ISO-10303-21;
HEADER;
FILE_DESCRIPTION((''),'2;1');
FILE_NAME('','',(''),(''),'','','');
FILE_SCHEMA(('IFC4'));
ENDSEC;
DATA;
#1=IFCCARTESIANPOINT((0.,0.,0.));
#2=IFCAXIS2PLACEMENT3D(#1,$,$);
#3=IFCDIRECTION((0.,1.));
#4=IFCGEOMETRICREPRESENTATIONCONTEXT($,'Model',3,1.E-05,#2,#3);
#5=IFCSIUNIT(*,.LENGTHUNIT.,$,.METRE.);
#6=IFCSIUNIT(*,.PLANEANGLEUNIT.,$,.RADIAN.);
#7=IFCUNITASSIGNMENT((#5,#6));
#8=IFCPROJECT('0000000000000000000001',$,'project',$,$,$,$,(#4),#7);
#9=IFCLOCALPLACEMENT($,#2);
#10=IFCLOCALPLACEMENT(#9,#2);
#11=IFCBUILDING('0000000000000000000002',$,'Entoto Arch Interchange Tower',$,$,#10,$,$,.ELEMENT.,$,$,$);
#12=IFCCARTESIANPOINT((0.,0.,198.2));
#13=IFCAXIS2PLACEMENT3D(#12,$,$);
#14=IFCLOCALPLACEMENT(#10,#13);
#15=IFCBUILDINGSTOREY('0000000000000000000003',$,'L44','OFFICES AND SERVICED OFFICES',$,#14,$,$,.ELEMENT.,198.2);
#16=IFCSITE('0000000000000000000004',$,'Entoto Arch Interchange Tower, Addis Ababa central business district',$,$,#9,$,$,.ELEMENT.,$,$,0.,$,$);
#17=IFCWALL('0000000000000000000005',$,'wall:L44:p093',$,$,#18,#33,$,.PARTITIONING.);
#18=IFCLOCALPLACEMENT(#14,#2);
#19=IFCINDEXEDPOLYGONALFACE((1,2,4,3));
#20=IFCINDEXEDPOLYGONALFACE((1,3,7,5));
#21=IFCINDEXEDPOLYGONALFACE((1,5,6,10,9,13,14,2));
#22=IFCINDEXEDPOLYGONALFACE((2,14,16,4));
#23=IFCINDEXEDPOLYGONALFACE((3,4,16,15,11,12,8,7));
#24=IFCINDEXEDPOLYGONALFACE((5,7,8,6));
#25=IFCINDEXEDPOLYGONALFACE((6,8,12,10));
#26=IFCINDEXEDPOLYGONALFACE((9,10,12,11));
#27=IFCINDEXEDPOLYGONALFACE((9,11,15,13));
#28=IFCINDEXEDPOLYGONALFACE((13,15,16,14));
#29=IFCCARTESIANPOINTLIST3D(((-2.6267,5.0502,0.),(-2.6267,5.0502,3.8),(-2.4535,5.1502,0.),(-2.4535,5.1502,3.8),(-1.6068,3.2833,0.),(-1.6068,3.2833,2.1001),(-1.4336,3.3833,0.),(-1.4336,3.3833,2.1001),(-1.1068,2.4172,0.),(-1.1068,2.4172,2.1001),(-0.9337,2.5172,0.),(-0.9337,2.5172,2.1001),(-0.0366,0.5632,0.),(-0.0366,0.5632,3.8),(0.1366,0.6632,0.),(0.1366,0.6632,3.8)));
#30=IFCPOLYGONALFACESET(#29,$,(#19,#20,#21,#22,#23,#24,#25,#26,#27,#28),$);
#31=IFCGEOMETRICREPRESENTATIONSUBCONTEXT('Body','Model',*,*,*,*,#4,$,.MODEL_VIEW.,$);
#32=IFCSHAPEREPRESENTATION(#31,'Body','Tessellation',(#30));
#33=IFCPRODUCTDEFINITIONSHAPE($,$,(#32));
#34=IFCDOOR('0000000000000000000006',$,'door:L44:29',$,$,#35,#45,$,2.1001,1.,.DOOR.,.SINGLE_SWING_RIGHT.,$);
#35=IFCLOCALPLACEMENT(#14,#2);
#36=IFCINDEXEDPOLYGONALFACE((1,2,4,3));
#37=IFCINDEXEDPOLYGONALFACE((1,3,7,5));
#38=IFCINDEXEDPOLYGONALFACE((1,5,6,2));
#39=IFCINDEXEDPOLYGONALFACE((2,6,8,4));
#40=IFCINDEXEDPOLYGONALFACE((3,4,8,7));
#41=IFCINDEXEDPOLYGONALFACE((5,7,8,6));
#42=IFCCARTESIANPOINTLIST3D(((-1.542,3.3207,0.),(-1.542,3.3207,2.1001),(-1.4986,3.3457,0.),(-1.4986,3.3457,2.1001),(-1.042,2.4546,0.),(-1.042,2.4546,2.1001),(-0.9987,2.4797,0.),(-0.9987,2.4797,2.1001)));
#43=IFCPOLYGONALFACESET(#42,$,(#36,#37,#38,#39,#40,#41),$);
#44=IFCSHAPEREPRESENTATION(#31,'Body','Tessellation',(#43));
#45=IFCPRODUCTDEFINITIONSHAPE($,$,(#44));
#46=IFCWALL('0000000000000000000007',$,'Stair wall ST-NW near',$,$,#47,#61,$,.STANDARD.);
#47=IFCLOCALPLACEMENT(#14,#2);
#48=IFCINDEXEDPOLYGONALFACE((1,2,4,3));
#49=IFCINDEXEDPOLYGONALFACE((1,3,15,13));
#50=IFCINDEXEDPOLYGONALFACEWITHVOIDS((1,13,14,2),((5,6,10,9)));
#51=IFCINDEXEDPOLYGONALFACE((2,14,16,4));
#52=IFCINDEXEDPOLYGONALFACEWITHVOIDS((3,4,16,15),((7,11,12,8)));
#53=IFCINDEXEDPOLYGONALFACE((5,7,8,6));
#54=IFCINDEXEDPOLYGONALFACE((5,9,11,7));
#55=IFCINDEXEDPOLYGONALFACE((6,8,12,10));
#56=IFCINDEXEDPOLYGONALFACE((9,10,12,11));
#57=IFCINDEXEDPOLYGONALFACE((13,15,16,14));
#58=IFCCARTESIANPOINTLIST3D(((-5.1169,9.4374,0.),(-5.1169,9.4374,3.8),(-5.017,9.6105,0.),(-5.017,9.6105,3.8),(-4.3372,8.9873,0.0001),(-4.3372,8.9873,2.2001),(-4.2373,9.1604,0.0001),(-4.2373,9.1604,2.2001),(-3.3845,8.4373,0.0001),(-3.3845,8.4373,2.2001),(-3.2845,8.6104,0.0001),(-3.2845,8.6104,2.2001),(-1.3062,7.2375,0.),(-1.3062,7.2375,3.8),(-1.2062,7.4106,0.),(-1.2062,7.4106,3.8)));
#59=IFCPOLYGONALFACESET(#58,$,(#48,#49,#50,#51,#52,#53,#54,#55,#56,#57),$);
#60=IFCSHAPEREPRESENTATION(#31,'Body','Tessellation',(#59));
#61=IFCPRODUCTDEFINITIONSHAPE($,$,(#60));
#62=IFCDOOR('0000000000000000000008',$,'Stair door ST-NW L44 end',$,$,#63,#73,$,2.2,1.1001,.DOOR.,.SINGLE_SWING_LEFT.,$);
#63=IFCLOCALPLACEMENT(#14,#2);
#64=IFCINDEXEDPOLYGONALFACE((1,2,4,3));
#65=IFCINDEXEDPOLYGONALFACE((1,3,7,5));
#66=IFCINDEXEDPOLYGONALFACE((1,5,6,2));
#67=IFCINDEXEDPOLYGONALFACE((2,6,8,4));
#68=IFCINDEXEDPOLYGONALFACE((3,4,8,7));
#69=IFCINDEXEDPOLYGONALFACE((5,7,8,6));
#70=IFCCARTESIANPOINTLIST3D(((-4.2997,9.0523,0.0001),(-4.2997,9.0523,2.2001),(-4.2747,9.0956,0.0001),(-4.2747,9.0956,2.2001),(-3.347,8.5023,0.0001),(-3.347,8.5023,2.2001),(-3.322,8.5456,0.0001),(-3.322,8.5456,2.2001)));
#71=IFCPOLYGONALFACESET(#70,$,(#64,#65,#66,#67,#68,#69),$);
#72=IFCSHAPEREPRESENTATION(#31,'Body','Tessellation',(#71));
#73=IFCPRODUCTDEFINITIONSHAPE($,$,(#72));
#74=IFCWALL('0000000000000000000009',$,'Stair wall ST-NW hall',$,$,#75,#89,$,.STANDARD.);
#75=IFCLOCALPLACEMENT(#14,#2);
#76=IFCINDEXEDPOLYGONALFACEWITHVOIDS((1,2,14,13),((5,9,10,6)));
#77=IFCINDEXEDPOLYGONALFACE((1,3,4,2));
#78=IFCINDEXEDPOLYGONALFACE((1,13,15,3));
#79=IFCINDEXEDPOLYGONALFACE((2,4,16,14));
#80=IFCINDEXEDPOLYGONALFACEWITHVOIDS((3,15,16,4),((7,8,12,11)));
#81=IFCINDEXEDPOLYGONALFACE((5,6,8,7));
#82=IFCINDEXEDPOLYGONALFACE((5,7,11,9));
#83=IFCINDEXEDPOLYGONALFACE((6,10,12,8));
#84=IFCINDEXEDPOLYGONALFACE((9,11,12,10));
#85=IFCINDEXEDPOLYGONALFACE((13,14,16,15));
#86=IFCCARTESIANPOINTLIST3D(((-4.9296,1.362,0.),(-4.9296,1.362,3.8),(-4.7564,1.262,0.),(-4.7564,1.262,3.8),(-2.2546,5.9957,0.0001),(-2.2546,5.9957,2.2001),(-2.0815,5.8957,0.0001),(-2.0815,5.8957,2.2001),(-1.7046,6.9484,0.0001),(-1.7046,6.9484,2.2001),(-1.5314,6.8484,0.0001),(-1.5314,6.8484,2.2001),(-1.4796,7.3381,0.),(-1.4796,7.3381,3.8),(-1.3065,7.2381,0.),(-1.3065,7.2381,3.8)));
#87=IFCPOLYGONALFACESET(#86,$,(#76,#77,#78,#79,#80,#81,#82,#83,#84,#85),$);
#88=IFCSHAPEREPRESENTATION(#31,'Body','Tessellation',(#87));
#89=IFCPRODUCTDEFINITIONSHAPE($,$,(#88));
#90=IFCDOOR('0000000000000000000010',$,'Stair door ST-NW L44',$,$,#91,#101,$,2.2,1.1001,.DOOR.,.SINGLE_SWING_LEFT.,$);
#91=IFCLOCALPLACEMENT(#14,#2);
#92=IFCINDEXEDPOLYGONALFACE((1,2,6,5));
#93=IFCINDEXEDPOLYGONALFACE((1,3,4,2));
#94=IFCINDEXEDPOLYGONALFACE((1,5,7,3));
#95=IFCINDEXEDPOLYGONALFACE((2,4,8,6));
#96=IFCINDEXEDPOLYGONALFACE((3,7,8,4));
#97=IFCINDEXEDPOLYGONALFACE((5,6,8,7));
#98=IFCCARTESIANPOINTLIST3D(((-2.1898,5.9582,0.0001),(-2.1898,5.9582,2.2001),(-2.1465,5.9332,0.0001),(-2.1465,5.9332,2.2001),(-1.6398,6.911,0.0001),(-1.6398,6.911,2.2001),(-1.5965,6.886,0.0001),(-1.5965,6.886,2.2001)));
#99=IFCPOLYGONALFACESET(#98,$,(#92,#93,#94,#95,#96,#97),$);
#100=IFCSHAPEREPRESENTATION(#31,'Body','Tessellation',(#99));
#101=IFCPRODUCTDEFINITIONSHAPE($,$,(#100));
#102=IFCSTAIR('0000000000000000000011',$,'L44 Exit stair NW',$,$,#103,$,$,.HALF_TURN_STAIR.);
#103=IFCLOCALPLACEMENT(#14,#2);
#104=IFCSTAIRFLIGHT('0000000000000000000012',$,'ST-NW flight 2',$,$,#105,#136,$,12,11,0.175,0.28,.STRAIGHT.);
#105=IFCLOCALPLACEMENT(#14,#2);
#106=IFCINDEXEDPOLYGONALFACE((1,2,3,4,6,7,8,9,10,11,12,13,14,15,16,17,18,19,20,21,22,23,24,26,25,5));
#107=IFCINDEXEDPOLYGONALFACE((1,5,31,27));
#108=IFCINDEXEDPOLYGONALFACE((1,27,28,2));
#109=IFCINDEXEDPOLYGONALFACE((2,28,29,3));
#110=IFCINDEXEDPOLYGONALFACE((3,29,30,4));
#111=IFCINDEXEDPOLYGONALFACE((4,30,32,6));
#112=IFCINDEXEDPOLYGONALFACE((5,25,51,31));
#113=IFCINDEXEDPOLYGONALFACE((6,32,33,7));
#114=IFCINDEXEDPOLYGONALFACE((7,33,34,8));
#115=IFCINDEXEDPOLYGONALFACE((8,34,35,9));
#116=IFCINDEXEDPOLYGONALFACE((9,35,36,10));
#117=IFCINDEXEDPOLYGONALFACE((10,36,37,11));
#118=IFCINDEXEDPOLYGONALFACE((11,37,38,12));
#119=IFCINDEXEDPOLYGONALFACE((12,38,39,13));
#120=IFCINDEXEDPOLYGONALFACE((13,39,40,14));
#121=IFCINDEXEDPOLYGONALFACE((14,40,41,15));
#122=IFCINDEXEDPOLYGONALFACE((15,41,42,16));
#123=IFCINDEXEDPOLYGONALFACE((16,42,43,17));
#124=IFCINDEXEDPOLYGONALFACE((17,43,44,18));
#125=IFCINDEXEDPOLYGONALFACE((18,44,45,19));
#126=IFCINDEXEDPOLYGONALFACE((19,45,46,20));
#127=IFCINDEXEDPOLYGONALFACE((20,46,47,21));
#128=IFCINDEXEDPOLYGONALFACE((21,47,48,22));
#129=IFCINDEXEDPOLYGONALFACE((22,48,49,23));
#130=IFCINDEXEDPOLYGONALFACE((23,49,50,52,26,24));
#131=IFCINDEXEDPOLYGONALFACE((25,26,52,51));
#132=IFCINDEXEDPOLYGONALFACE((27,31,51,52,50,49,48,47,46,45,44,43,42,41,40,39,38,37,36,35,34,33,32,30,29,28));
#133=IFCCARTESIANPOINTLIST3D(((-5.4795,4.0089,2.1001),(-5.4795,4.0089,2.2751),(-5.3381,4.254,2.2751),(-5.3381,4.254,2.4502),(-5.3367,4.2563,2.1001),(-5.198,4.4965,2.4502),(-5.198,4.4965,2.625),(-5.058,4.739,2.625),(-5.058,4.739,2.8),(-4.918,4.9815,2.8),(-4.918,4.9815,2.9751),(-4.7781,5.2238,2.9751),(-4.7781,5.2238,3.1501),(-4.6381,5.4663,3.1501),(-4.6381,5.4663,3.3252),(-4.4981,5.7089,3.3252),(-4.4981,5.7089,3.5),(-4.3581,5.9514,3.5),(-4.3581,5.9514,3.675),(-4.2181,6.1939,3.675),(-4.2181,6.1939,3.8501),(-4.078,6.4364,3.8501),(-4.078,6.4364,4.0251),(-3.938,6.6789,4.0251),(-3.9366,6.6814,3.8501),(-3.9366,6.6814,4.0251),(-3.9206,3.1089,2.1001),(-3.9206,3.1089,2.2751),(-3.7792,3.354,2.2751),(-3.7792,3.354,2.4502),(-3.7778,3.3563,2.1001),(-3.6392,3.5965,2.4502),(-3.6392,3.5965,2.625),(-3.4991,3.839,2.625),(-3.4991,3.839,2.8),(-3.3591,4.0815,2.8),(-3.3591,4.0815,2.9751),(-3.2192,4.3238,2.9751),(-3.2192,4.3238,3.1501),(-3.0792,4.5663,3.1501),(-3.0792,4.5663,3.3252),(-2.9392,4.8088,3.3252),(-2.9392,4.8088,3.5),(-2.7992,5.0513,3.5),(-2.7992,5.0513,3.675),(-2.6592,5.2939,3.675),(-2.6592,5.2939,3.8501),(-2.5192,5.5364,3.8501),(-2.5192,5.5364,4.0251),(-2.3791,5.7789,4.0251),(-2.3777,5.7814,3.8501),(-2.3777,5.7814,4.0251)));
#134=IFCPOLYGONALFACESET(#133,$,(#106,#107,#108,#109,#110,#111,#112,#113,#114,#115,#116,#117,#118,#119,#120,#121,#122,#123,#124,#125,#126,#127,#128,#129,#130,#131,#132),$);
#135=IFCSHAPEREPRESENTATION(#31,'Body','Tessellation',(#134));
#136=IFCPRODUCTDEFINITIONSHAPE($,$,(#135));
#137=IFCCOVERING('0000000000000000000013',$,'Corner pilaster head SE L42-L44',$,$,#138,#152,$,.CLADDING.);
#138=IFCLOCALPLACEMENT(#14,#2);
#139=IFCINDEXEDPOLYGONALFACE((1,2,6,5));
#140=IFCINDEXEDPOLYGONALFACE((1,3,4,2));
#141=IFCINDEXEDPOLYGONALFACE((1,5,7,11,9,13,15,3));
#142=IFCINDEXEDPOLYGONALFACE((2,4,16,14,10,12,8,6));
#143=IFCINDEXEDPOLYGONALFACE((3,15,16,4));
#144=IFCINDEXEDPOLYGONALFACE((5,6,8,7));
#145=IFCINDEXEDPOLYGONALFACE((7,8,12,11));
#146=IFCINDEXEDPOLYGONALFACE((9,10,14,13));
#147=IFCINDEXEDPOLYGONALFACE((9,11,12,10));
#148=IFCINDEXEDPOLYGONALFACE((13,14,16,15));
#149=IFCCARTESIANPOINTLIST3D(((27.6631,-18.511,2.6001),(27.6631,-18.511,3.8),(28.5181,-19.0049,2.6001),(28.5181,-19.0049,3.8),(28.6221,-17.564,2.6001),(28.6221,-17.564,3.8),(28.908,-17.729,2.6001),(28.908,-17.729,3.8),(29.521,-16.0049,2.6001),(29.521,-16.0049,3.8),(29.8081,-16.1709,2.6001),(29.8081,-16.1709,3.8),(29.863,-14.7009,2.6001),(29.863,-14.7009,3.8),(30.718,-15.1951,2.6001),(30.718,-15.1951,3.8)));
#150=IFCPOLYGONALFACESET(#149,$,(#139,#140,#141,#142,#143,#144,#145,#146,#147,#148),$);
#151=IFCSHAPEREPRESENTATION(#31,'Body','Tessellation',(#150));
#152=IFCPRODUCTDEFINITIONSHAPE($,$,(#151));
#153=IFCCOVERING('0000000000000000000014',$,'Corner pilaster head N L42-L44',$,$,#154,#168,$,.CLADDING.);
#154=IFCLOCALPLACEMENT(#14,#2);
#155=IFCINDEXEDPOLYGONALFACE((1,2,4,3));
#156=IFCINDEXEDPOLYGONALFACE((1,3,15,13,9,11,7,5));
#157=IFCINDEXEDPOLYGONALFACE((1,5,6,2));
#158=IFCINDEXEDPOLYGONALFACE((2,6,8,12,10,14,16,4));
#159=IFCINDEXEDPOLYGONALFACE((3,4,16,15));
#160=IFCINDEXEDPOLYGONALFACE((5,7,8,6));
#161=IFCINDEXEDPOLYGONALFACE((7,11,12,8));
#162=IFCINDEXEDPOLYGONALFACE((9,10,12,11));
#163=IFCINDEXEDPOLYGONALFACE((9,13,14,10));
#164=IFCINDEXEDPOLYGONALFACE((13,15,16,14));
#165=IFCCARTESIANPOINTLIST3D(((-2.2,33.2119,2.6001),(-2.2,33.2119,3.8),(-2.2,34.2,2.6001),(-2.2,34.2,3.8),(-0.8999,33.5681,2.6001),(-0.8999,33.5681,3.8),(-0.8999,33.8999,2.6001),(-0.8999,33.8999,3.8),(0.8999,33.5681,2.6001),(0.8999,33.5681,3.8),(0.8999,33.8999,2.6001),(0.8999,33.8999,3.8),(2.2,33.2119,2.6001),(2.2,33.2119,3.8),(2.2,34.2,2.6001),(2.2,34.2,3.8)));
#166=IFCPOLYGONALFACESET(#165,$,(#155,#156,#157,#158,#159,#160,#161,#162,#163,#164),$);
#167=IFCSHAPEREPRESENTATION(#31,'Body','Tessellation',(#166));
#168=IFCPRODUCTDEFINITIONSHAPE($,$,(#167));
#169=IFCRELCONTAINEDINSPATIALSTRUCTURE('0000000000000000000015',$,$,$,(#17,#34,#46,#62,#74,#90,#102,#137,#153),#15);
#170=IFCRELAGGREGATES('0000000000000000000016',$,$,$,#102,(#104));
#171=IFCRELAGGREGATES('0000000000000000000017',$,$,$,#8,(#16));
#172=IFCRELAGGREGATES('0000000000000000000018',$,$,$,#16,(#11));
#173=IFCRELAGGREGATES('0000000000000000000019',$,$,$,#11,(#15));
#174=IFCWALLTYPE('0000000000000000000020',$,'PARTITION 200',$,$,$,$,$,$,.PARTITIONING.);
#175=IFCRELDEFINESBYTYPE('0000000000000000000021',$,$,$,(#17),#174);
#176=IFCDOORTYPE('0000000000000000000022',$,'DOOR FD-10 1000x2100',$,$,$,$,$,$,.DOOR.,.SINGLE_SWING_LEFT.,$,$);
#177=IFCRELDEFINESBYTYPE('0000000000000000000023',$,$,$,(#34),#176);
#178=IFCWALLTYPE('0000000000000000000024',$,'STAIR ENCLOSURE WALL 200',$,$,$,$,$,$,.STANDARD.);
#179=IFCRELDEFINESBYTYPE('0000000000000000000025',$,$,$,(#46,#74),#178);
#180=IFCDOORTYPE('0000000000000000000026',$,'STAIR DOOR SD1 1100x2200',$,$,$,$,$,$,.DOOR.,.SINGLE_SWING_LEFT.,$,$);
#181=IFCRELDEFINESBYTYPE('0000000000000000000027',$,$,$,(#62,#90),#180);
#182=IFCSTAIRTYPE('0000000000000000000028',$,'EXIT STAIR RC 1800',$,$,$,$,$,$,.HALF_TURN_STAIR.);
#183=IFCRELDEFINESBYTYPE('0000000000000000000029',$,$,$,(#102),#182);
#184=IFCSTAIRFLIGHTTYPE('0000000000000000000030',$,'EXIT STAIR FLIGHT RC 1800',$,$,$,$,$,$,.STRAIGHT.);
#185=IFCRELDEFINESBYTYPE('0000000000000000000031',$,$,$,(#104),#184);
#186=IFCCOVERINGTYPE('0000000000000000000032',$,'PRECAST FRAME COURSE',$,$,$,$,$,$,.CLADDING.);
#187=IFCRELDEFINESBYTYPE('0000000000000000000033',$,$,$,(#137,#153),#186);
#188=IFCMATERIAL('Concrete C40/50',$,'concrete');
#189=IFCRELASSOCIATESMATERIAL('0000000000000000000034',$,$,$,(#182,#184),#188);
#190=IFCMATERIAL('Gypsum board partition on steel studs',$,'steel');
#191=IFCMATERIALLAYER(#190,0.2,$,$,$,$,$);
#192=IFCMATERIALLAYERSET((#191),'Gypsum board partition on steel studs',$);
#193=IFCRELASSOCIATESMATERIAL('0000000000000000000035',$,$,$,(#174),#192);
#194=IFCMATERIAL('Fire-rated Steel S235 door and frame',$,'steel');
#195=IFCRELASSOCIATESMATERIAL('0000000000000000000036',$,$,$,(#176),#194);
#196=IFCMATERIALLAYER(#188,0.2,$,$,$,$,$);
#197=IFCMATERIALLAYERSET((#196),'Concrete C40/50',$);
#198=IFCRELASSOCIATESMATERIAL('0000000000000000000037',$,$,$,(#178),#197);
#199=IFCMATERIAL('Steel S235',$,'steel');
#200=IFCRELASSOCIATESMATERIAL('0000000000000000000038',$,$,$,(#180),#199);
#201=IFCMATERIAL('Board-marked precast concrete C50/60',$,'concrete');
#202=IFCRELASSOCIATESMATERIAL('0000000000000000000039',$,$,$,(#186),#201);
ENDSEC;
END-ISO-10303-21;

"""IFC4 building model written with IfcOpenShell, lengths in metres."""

from ifc_helpers import new_model, si_unit, direction, frame, frame_2d, origin, place, context, subcontext, project, spatial, polyline, rectangle, outline, extrude, material, layer, layer_set, type_object, element, fill, aggregate, save


model = new_model("IFC4")

# Units and contexts
model_context = context("Model", 3, precision=1e-05, world=origin(), true_north=direction((0.0, 1.0)))
body_context = subcontext(model_context, "Body", "Model", "MODEL_VIEW")
ifc_project = project(units=[si_unit("LENGTHUNIT", "METRE"), si_unit("PLANEANGLEUNIT", "RADIAN")], contexts=[model_context])

# Site, building, storey
site_placement = place(None, origin())
site = spatial("IfcSite", under=ifc_project, at=site_placement, Name="Entoto Arch Interchange Tower, Addis Ababa central business district", CompositionType="ELEMENT", RefElevation=0.0)
building_placement = place(site_placement, origin())
building = spatial("IfcBuilding", under=site, at=building_placement, Name="Entoto Arch Interchange Tower", CompositionType="ELEMENT")
storey_placement = place(building_placement, frame((0.0, 0.0, 198.2)))
storey = spatial("IfcBuildingStorey", under=building, at=storey_placement, Name="L44", Description="OFFICES AND SERVICED OFFICES", CompositionType="ELEMENT", Elevation=198.2)

# Shared definitions
ifc_material_1 = material(Name="Board-marked precast concrete C50/60", Category="concrete")
ifc_material_2 = material(Name="Concrete C40/50", Category="concrete")

# Shared definitions
stair_type = type_object("IfcStairType", Name="EXIT STAIR RC 1800", PredefinedType="HALF_TURN_STAIR", material=ifc_material_2)

# Walls, openings, doors
ifc_material_3 = material(Name="Gypsum board partition on steel studs", Category="steel")
ifc_layer_1 = layer(ifc_material_3, 0.2)
ifc_layer_set_1 = layer_set([ifc_layer_1], Name="Gypsum board partition on steel studs")
wall_type_1 = type_object("IfcWallType", Name="PARTITION 200", PredefinedType="PARTITIONING", material=ifc_layer_set_1)
wall_1_placement = place(storey_placement, frame((-2.54, 5.1001, 0.0), z_axis=(0.0, 0.0, 1.0), x_axis=(0.499925, -0.866069, 0.0)))
wall_1 = element("IfcWall", 1, at=wall_1_placement, inside=storey, type_object=wall_type_1, Name="wall:L44:p093", PredefinedType="PARTITIONING", context=body_context, shape_type="SweptSolid", body=[
    extrude(rectangle(XDim=5.1809, YDim=0.2, at=frame_2d((2.5903, 0.0))), origin(), (0.0, 0.0, 1.0), 3.8),
])
opening_1_placement = place(wall_1_placement, frame((2.04, 0.0, 0.0)))
opening_1 = element("IfcOpeningElement", 2, at=opening_1_placement, cuts=wall_1, PredefinedType="OPENING", context=body_context, shape_type="SweptSolid", body=[
    extrude(rectangle(XDim=1.0, YDim=2.1001, at=frame_2d((0.5, 1.05))), frame((0.0, 0.1099, 0.0), z_axis=(0.0, -1.0, 0.0), x_axis=(1.0, 0.0, 0.0)), (0.0, 0.0, 1.0), 0.22),
])
ifc_material_4 = material(Name="Fire-rated Steel S235 door and frame", Category="steel")
door_type_1 = type_object("IfcDoorType", Name="DOOR FD-10 1000x2100", OperationType="SINGLE_SWING_LEFT", PredefinedType="DOOR", material=ifc_material_4)
door_1_placement = place(opening_1_placement, origin())
door_1 = element("IfcDoor", 3, at=door_1_placement, inside=storey, type_object=door_type_1, Name="door:L44:29", OperationType="SINGLE_SWING_RIGHT", OverallHeight=2.1001, OverallWidth=1.0, PredefinedType="DOOR", context=body_context, shape_type="SweptSolid", body=[
    extrude(rectangle(XDim=1.0, YDim=2.1001, at=frame_2d((0.5, 1.05))), frame((0.0, 0.0249, 0.0), z_axis=(0.0, -1.0, 0.0), x_axis=(1.0, 0.0, 0.0)), (0.0, 0.0, 1.0), 0.05),
])
fill(opening_1, door_1)
ifc_layer_2 = layer(ifc_material_2, 0.2)
ifc_layer_set_2 = layer_set([ifc_layer_2], Name="Concrete C40/50")
wall_type_2 = type_object("IfcWallType", Name="STAIR ENCLOSURE WALL 200", PredefinedType="STANDARD", material=ifc_layer_set_2)
wall_2_placement = place(storey_placement, frame((-1.2561, 7.324, 0.0), z_axis=(0.0, 0.0, 1.0), x_axis=(-0.866046, 0.499964, 0.0)))
wall_2 = element("IfcWall", 4, at=wall_2_placement, inside=storey, type_object=wall_type_2, Name="Stair wall ST-NW near", PredefinedType="STANDARD", context=body_context, shape_type="SweptSolid", body=[
    extrude(rectangle(XDim=4.4001, YDim=0.2, at=frame_2d((2.2002, 0.0))), origin(), (0.0, 0.0, 1.0), 3.8),
])
opening_2_placement = place(wall_2_placement, frame((2.3999, 0.0, 0.0)))
opening_2 = element("IfcOpeningElement", 5, at=opening_2_placement, cuts=wall_2, PredefinedType="OPENING", context=body_context, shape_type="SweptSolid", body=[
    extrude(rectangle(XDim=1.1001, YDim=2.2, at=frame_2d((0.55, 1.1001))), frame((0.0, 0.1099, 0.0), z_axis=(0.0, -1.0, 0.0), x_axis=(1.0, 0.0, 0.0)), (0.0, 0.0, 1.0), 0.22),
])
ifc_material_5 = material(Name="Steel S235", Category="steel")
door_type_2 = type_object("IfcDoorType", Name="STAIR DOOR SD1 1100x2200", OperationType="SINGLE_SWING_LEFT", PredefinedType="DOOR", material=ifc_material_5)
door_2_placement = place(opening_2_placement, origin())
door_2 = element("IfcDoor", 6, at=door_2_placement, inside=storey, type_object=door_type_2, Name="Stair door ST-NW L44 end", OperationType="SINGLE_SWING_LEFT", OverallHeight=2.2, OverallWidth=1.1001, PredefinedType="DOOR", context=body_context, shape_type="SweptSolid", body=[
    extrude(rectangle(XDim=1.1001, YDim=2.2, at=frame_2d((0.55, 1.1001))), frame((0.0, 0.0249, 0.0), z_axis=(0.0, -1.0, 0.0), x_axis=(1.0, 0.0, 0.0)), (0.0, 0.0, 1.0), 0.05),
])
fill(opening_2, door_2)
wall_3_placement = place(storey_placement, frame((-1.3931, 7.2881, 0.0), z_axis=(0.0, 0.0, 1.0), x_axis=(-0.499963, -0.866047, 0.0)))
wall_3 = element("IfcWall", 7, at=wall_3_placement, inside=storey, type_object=wall_type_2, Name="Stair wall ST-NW hall", PredefinedType="STANDARD", context=body_context, shape_type="SweptSolid", body=[
    extrude(rectangle(XDim=6.9004, YDim=0.2, at=frame_2d((3.4502, 0.0))), origin(), (0.0, 0.0, 1.0), 3.8),
])
opening_3_placement = place(wall_3_placement, frame((0.45, 0.0, 0.0)))
opening_3 = element("IfcOpeningElement", 8, at=opening_3_placement, cuts=wall_3, PredefinedType="OPENING", context=body_context, shape_type="SweptSolid", body=[
    extrude(rectangle(XDim=1.1001, YDim=2.2, at=frame_2d((0.55, 1.1001))), frame((0.0, 0.1099, 0.0), z_axis=(0.0, -1.0, 0.0), x_axis=(1.0, 0.0, 0.0)), (0.0, 0.0, 1.0), 0.22),
])
door_3_placement = place(opening_3_placement, origin())
door_3 = element("IfcDoor", 9, at=door_3_placement, inside=storey, type_object=door_type_2, Name="Stair door ST-NW L44", OperationType="SINGLE_SWING_LEFT", OverallHeight=2.2, OverallWidth=1.1001, PredefinedType="DOOR", context=body_context, shape_type="SweptSolid", body=[
    extrude(rectangle(XDim=1.1001, YDim=2.2, at=frame_2d((0.55, 1.1001))), frame((0.0, 0.0249, 0.0), z_axis=(0.0, -1.0, 0.0), x_axis=(1.0, 0.0, 0.0)), (0.0, 0.0, 1.0), 0.05),
])
fill(opening_3, door_3)

# Stair, stair flight
stair_1_placement = place(storey_placement, origin())
stair_1 = element("IfcStair", 10, at=stair_1_placement, inside=storey, type_object=stair_type, Name="L44 Exit stair NW", PredefinedType="HALF_TURN_STAIR")
stair_flight_type = type_object("IfcStairFlightType", Name="EXIT STAIR FLIGHT RC 1800", PredefinedType="STRAIGHT", material=ifc_material_2)
stair_flight_placement = place(storey_placement, frame((-4.6987, 3.5615, 2.1001), z_axis=(0.0, 0.0, 1.0), x_axis=(0.5, 0.866025, 0.0)))
stair_flight = element("IfcStairFlight", 11, at=stair_flight_placement, type_object=stair_flight_type, Name="ST-NW flight 2", NumberOfRisers=12, NumberOfTreads=11, PredefinedType="STRAIGHT", RiserHeight=0.175, TreadLength=0.28, context=body_context, shape_type="SweptSolid", body=[
    extrude(outline(polyline([(-0.0029, 0.0), (-0.0029, 0.175), (0.28, 0.175), (0.28, 0.3501), (0.5601, 0.3501), (0.5601, 0.5249), (0.8401, 0.5249), (0.8401, 0.7), (1.1201, 0.7), (1.1201, 0.875), (1.3999, 0.875), (1.3999, 1.05), (1.6799, 1.05), (1.6799, 1.2251), (1.96, 1.2251), (1.96, 1.3999), (2.24, 1.3999), (2.24, 1.575), (2.52, 1.575), (2.52, 1.75), (2.8, 1.75), (2.8, 1.925), (3.0801, 1.925), (3.083, 1.925), (3.083, 1.75), (0.2827, 0.0), (-0.0029, 0.0)])), frame((0.0, 0.8999, 0.0), z_axis=(0.0, -1.0, 0.0), x_axis=(1.0, 0.0, 0.0)), (0.0, 0.0, 1.0), 1.8),
])
aggregate(stair_1, [stair_flight])

# Coverings
covering_type = type_object("IfcCoveringType", Name="PRECAST FRAME COURSE", PredefinedType="CLADDING", material=ifc_material_1)
covering_1_placement = place(storey_placement, frame((0.0, 0.0, 2.6001)))
element("IfcCovering", 12, at=covering_1_placement, inside=storey, type_object=covering_type, Name="Corner pilaster head SE L42-L44", PredefinedType="CLADDING", context=body_context, shape_type="SweptSolid", body=[
    extrude(outline(polyline([(30.718, -15.1951), (28.5181, -19.0049), (27.6631, -18.511), (28.6221, -17.564), (28.908, -17.729), (29.8081, -16.1709), (29.521, -16.0049), (29.863, -14.7009), (30.718, -15.1951)])), origin(), (0.0, 0.0, 1.0), 1.2),
])
covering_2_placement = place(storey_placement, frame((0.0, 0.0, 2.6001)))
element("IfcCovering", 13, at=covering_2_placement, inside=storey, type_object=covering_type, Name="Corner pilaster head N L42-L44", PredefinedType="CLADDING", context=body_context, shape_type="SweptSolid", body=[
    extrude(outline(polyline([(-2.2, 34.2), (2.2, 34.2), (2.2, 33.2119), (0.8999, 33.5681), (0.8999, 33.8999), (-0.8999, 33.8999), (-0.8999, 33.5681), (-2.2, 33.2119), (-2.2, 34.2)])), origin(), (0.0, 0.0, 1.0), 1.2),
])

save(model, "model.ifc")
